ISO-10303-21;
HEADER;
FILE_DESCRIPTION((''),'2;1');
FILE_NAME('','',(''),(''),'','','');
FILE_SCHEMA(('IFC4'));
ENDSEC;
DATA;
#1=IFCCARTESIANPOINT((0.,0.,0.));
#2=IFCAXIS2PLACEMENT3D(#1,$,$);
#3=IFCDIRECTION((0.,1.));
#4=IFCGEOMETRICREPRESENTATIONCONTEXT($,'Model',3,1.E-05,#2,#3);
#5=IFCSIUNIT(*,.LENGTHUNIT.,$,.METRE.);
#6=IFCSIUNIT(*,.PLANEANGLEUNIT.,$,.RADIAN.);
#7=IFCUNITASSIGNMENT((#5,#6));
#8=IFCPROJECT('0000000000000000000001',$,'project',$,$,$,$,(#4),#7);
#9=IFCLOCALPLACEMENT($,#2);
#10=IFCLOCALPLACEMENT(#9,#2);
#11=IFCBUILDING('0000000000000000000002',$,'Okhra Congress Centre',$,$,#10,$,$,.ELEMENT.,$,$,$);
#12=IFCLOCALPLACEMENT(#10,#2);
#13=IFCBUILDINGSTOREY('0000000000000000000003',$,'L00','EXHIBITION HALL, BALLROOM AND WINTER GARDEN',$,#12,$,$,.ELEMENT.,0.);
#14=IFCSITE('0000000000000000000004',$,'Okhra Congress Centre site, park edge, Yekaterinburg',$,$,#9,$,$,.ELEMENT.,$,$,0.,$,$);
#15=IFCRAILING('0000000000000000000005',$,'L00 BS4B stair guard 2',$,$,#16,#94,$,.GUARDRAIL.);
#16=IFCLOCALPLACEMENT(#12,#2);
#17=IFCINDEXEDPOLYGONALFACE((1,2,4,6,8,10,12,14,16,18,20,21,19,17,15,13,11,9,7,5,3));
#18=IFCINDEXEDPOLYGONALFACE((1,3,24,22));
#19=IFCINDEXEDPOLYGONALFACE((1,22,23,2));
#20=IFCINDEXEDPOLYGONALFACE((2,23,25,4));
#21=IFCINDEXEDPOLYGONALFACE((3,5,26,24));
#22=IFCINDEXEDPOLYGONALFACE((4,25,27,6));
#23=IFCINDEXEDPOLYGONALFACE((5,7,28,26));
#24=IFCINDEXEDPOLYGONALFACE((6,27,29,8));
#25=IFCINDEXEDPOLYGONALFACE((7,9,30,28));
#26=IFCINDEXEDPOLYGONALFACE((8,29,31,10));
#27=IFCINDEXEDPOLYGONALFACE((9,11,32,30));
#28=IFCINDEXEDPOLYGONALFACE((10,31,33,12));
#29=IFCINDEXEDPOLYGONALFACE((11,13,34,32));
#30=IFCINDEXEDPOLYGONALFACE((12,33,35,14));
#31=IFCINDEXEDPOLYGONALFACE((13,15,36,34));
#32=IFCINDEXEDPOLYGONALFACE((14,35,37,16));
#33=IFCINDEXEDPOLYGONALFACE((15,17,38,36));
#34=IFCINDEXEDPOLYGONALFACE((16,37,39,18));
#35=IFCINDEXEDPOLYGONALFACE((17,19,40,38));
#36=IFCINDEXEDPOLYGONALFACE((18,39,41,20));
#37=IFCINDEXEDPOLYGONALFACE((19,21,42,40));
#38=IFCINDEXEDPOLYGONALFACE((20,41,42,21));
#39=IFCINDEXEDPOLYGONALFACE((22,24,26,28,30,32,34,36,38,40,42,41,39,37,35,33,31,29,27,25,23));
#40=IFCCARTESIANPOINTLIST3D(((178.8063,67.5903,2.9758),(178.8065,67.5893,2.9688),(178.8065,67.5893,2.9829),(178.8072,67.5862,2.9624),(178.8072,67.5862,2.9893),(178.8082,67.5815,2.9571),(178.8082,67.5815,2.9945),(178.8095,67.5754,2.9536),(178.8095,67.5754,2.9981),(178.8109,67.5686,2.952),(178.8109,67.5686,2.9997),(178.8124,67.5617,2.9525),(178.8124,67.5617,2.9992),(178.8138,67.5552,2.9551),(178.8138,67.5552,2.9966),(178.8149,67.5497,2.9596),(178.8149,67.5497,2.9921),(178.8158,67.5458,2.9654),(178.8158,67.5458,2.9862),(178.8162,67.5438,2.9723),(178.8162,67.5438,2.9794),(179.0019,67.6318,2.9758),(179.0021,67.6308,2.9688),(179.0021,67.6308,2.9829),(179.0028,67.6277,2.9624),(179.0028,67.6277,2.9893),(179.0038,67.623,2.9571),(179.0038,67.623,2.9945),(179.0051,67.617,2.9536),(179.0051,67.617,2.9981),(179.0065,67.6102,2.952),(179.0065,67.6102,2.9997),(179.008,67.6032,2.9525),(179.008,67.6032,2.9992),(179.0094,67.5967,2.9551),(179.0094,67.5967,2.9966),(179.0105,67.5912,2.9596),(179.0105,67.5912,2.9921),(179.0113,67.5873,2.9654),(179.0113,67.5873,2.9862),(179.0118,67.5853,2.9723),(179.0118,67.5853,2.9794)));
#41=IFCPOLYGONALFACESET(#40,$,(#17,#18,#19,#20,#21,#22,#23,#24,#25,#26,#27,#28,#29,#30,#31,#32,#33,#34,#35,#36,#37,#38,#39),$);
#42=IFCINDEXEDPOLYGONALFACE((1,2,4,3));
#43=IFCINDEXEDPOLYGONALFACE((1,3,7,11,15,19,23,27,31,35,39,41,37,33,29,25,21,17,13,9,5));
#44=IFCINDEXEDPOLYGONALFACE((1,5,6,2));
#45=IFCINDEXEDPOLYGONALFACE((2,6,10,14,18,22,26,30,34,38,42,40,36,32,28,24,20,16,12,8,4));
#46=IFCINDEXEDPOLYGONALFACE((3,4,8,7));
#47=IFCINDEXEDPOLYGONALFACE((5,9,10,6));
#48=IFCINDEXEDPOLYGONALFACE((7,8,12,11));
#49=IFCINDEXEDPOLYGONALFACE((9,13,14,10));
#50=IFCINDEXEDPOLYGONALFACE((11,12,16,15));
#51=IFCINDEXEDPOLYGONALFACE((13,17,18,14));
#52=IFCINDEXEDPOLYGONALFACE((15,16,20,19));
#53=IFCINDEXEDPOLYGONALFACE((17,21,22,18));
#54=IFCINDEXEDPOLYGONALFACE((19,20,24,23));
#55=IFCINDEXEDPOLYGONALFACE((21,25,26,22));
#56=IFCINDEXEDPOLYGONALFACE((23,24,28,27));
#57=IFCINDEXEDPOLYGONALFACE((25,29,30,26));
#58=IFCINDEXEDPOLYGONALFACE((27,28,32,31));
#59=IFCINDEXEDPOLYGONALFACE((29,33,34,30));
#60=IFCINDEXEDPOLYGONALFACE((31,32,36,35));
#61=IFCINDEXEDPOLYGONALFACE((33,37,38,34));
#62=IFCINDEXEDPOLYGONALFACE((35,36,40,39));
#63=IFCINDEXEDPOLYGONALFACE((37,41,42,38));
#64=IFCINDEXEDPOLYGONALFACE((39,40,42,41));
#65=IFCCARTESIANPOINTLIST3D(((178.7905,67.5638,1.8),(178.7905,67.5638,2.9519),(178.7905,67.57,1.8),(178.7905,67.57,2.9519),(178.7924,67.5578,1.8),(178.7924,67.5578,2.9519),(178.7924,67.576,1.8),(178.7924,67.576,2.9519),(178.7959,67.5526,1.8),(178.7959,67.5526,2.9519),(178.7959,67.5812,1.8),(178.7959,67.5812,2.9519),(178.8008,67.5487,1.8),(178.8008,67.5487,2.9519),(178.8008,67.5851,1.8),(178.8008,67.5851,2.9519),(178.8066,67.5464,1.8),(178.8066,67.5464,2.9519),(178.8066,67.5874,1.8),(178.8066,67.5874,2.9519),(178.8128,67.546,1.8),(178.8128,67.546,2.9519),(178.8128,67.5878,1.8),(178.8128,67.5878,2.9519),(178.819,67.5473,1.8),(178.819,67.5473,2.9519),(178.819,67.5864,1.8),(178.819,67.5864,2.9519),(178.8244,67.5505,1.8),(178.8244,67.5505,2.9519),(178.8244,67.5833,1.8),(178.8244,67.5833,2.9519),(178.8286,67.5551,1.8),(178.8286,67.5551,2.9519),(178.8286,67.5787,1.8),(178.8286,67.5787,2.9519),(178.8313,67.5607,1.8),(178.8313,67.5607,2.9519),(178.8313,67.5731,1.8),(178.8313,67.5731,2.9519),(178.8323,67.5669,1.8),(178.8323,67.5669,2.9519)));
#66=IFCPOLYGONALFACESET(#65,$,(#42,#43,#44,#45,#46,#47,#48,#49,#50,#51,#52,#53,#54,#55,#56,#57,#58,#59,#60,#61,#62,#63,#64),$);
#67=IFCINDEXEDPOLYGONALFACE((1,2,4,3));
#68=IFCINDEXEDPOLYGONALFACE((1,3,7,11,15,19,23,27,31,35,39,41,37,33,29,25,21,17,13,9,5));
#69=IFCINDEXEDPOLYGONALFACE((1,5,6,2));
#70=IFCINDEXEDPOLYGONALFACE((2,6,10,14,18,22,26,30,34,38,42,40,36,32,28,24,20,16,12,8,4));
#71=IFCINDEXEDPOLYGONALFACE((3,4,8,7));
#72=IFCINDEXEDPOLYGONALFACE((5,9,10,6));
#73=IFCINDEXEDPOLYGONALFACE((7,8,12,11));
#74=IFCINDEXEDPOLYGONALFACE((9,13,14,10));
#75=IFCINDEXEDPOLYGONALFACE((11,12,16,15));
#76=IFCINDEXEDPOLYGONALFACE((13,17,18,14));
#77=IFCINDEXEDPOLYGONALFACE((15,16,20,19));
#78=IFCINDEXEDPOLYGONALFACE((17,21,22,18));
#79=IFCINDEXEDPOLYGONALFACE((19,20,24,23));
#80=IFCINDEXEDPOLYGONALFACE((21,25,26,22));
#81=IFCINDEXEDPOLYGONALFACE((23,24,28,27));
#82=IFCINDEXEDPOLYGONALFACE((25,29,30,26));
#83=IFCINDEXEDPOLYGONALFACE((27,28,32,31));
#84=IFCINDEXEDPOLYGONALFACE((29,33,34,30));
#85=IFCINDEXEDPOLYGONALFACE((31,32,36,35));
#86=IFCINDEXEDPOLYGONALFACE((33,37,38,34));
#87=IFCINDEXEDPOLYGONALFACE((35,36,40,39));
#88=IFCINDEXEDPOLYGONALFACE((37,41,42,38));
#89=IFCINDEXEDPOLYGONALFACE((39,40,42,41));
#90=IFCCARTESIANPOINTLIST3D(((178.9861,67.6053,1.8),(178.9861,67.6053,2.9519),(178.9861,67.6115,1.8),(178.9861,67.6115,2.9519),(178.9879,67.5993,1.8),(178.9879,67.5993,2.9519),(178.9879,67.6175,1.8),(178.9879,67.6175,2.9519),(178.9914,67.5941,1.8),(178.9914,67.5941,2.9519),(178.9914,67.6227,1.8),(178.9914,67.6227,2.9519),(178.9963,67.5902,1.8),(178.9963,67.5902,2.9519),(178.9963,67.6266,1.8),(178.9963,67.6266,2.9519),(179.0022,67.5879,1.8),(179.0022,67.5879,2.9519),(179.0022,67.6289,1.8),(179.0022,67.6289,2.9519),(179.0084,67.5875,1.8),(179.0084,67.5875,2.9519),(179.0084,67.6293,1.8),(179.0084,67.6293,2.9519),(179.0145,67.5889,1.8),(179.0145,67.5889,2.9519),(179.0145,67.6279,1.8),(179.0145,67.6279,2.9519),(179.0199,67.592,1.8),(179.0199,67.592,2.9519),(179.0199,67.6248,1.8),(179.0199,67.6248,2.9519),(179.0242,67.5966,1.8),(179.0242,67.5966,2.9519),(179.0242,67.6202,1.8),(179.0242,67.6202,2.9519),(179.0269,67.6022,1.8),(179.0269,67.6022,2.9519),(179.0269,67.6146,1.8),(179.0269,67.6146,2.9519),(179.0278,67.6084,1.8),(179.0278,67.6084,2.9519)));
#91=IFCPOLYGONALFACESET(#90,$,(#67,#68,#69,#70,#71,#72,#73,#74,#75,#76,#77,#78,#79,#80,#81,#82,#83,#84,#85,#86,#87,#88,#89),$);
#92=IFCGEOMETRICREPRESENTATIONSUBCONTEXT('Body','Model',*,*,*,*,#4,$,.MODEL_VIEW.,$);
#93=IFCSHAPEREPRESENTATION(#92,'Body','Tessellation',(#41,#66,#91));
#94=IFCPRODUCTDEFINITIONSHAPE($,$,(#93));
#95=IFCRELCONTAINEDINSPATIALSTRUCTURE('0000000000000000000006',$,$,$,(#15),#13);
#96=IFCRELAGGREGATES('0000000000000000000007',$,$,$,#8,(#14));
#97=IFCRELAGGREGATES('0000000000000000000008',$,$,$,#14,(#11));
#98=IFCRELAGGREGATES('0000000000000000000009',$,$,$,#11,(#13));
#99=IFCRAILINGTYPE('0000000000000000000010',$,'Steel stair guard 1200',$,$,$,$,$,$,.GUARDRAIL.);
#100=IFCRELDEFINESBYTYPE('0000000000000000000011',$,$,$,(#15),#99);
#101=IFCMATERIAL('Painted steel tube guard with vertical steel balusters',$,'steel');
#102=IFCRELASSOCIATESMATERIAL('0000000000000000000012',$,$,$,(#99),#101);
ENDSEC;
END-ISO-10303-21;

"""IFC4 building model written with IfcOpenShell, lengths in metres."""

from ifc_helpers import new_model, si_unit, direction, frame, origin, origin_2d, place, context, subcontext, project, spatial, circle, extrude, material, type_object, element, save


model = new_model("IFC4")

# Units and contexts
model_context = context("Model", 3, precision=1e-05, world=origin(), true_north=direction((0.0, 1.0)))
body_context = subcontext(model_context, "Body", "Model", "MODEL_VIEW")
ifc_project = project(units=[si_unit("LENGTHUNIT", "METRE"), si_unit("PLANEANGLEUNIT", "RADIAN")], contexts=[model_context])

# Site, building, storey
site_placement = place(None, origin())
site = spatial("IfcSite", under=ifc_project, at=site_placement, Name="Okhra Congress Centre site, park edge, Yekaterinburg", CompositionType="ELEMENT", RefElevation=0.0)
building_placement = place(site_placement, origin())
building = spatial("IfcBuilding", under=site, at=building_placement, Name="Okhra Congress Centre", CompositionType="ELEMENT")
storey_placement = place(building_placement, origin())
storey = spatial("IfcBuildingStorey", under=building, at=storey_placement, Name="L00", Description="EXHIBITION HALL, BALLROOM AND WINTER GARDEN", CompositionType="ELEMENT", Elevation=0.0)

# Railing
ifc_material_1 = material(Name="Painted steel tube guard with vertical steel balusters", Category="steel")
railing_type_1 = type_object("IfcRailingType", Name="Steel stair guard 1200", PredefinedType="GUARDRAIL", material=ifc_material_1)
railing_1_placement = place(storey_placement, frame((178.8113, 67.5669, 1.8)))
element("IfcRailing", 1, at=railing_1_placement, inside=storey, type_object=railing_type_1, Name="L00 BS4B stair guard 2", PredefinedType="GUARDRAIL", context=body_context, shape_type="SweptSolid", body=[
    extrude(circle(Radius=0.0239, at=origin_2d()), frame((0.0, 0.0, 1.1758), z_axis=(0.978212, 0.20761, 0.0), x_axis=(-0.20761, 0.978212, 0.0)), (0.0, 0.0, 1.0), 0.2),
    extrude(circle(Radius=0.021, at=origin_2d()), origin(), (0.0, 0.0, 1.0), 1.1519),
    extrude(circle(Radius=0.021, at=origin_2d()), frame((0.1956, 0.0415, 0.0)), (0.0, 0.0, 1.0), 1.1519),
])

save(model, "model.ifc")
